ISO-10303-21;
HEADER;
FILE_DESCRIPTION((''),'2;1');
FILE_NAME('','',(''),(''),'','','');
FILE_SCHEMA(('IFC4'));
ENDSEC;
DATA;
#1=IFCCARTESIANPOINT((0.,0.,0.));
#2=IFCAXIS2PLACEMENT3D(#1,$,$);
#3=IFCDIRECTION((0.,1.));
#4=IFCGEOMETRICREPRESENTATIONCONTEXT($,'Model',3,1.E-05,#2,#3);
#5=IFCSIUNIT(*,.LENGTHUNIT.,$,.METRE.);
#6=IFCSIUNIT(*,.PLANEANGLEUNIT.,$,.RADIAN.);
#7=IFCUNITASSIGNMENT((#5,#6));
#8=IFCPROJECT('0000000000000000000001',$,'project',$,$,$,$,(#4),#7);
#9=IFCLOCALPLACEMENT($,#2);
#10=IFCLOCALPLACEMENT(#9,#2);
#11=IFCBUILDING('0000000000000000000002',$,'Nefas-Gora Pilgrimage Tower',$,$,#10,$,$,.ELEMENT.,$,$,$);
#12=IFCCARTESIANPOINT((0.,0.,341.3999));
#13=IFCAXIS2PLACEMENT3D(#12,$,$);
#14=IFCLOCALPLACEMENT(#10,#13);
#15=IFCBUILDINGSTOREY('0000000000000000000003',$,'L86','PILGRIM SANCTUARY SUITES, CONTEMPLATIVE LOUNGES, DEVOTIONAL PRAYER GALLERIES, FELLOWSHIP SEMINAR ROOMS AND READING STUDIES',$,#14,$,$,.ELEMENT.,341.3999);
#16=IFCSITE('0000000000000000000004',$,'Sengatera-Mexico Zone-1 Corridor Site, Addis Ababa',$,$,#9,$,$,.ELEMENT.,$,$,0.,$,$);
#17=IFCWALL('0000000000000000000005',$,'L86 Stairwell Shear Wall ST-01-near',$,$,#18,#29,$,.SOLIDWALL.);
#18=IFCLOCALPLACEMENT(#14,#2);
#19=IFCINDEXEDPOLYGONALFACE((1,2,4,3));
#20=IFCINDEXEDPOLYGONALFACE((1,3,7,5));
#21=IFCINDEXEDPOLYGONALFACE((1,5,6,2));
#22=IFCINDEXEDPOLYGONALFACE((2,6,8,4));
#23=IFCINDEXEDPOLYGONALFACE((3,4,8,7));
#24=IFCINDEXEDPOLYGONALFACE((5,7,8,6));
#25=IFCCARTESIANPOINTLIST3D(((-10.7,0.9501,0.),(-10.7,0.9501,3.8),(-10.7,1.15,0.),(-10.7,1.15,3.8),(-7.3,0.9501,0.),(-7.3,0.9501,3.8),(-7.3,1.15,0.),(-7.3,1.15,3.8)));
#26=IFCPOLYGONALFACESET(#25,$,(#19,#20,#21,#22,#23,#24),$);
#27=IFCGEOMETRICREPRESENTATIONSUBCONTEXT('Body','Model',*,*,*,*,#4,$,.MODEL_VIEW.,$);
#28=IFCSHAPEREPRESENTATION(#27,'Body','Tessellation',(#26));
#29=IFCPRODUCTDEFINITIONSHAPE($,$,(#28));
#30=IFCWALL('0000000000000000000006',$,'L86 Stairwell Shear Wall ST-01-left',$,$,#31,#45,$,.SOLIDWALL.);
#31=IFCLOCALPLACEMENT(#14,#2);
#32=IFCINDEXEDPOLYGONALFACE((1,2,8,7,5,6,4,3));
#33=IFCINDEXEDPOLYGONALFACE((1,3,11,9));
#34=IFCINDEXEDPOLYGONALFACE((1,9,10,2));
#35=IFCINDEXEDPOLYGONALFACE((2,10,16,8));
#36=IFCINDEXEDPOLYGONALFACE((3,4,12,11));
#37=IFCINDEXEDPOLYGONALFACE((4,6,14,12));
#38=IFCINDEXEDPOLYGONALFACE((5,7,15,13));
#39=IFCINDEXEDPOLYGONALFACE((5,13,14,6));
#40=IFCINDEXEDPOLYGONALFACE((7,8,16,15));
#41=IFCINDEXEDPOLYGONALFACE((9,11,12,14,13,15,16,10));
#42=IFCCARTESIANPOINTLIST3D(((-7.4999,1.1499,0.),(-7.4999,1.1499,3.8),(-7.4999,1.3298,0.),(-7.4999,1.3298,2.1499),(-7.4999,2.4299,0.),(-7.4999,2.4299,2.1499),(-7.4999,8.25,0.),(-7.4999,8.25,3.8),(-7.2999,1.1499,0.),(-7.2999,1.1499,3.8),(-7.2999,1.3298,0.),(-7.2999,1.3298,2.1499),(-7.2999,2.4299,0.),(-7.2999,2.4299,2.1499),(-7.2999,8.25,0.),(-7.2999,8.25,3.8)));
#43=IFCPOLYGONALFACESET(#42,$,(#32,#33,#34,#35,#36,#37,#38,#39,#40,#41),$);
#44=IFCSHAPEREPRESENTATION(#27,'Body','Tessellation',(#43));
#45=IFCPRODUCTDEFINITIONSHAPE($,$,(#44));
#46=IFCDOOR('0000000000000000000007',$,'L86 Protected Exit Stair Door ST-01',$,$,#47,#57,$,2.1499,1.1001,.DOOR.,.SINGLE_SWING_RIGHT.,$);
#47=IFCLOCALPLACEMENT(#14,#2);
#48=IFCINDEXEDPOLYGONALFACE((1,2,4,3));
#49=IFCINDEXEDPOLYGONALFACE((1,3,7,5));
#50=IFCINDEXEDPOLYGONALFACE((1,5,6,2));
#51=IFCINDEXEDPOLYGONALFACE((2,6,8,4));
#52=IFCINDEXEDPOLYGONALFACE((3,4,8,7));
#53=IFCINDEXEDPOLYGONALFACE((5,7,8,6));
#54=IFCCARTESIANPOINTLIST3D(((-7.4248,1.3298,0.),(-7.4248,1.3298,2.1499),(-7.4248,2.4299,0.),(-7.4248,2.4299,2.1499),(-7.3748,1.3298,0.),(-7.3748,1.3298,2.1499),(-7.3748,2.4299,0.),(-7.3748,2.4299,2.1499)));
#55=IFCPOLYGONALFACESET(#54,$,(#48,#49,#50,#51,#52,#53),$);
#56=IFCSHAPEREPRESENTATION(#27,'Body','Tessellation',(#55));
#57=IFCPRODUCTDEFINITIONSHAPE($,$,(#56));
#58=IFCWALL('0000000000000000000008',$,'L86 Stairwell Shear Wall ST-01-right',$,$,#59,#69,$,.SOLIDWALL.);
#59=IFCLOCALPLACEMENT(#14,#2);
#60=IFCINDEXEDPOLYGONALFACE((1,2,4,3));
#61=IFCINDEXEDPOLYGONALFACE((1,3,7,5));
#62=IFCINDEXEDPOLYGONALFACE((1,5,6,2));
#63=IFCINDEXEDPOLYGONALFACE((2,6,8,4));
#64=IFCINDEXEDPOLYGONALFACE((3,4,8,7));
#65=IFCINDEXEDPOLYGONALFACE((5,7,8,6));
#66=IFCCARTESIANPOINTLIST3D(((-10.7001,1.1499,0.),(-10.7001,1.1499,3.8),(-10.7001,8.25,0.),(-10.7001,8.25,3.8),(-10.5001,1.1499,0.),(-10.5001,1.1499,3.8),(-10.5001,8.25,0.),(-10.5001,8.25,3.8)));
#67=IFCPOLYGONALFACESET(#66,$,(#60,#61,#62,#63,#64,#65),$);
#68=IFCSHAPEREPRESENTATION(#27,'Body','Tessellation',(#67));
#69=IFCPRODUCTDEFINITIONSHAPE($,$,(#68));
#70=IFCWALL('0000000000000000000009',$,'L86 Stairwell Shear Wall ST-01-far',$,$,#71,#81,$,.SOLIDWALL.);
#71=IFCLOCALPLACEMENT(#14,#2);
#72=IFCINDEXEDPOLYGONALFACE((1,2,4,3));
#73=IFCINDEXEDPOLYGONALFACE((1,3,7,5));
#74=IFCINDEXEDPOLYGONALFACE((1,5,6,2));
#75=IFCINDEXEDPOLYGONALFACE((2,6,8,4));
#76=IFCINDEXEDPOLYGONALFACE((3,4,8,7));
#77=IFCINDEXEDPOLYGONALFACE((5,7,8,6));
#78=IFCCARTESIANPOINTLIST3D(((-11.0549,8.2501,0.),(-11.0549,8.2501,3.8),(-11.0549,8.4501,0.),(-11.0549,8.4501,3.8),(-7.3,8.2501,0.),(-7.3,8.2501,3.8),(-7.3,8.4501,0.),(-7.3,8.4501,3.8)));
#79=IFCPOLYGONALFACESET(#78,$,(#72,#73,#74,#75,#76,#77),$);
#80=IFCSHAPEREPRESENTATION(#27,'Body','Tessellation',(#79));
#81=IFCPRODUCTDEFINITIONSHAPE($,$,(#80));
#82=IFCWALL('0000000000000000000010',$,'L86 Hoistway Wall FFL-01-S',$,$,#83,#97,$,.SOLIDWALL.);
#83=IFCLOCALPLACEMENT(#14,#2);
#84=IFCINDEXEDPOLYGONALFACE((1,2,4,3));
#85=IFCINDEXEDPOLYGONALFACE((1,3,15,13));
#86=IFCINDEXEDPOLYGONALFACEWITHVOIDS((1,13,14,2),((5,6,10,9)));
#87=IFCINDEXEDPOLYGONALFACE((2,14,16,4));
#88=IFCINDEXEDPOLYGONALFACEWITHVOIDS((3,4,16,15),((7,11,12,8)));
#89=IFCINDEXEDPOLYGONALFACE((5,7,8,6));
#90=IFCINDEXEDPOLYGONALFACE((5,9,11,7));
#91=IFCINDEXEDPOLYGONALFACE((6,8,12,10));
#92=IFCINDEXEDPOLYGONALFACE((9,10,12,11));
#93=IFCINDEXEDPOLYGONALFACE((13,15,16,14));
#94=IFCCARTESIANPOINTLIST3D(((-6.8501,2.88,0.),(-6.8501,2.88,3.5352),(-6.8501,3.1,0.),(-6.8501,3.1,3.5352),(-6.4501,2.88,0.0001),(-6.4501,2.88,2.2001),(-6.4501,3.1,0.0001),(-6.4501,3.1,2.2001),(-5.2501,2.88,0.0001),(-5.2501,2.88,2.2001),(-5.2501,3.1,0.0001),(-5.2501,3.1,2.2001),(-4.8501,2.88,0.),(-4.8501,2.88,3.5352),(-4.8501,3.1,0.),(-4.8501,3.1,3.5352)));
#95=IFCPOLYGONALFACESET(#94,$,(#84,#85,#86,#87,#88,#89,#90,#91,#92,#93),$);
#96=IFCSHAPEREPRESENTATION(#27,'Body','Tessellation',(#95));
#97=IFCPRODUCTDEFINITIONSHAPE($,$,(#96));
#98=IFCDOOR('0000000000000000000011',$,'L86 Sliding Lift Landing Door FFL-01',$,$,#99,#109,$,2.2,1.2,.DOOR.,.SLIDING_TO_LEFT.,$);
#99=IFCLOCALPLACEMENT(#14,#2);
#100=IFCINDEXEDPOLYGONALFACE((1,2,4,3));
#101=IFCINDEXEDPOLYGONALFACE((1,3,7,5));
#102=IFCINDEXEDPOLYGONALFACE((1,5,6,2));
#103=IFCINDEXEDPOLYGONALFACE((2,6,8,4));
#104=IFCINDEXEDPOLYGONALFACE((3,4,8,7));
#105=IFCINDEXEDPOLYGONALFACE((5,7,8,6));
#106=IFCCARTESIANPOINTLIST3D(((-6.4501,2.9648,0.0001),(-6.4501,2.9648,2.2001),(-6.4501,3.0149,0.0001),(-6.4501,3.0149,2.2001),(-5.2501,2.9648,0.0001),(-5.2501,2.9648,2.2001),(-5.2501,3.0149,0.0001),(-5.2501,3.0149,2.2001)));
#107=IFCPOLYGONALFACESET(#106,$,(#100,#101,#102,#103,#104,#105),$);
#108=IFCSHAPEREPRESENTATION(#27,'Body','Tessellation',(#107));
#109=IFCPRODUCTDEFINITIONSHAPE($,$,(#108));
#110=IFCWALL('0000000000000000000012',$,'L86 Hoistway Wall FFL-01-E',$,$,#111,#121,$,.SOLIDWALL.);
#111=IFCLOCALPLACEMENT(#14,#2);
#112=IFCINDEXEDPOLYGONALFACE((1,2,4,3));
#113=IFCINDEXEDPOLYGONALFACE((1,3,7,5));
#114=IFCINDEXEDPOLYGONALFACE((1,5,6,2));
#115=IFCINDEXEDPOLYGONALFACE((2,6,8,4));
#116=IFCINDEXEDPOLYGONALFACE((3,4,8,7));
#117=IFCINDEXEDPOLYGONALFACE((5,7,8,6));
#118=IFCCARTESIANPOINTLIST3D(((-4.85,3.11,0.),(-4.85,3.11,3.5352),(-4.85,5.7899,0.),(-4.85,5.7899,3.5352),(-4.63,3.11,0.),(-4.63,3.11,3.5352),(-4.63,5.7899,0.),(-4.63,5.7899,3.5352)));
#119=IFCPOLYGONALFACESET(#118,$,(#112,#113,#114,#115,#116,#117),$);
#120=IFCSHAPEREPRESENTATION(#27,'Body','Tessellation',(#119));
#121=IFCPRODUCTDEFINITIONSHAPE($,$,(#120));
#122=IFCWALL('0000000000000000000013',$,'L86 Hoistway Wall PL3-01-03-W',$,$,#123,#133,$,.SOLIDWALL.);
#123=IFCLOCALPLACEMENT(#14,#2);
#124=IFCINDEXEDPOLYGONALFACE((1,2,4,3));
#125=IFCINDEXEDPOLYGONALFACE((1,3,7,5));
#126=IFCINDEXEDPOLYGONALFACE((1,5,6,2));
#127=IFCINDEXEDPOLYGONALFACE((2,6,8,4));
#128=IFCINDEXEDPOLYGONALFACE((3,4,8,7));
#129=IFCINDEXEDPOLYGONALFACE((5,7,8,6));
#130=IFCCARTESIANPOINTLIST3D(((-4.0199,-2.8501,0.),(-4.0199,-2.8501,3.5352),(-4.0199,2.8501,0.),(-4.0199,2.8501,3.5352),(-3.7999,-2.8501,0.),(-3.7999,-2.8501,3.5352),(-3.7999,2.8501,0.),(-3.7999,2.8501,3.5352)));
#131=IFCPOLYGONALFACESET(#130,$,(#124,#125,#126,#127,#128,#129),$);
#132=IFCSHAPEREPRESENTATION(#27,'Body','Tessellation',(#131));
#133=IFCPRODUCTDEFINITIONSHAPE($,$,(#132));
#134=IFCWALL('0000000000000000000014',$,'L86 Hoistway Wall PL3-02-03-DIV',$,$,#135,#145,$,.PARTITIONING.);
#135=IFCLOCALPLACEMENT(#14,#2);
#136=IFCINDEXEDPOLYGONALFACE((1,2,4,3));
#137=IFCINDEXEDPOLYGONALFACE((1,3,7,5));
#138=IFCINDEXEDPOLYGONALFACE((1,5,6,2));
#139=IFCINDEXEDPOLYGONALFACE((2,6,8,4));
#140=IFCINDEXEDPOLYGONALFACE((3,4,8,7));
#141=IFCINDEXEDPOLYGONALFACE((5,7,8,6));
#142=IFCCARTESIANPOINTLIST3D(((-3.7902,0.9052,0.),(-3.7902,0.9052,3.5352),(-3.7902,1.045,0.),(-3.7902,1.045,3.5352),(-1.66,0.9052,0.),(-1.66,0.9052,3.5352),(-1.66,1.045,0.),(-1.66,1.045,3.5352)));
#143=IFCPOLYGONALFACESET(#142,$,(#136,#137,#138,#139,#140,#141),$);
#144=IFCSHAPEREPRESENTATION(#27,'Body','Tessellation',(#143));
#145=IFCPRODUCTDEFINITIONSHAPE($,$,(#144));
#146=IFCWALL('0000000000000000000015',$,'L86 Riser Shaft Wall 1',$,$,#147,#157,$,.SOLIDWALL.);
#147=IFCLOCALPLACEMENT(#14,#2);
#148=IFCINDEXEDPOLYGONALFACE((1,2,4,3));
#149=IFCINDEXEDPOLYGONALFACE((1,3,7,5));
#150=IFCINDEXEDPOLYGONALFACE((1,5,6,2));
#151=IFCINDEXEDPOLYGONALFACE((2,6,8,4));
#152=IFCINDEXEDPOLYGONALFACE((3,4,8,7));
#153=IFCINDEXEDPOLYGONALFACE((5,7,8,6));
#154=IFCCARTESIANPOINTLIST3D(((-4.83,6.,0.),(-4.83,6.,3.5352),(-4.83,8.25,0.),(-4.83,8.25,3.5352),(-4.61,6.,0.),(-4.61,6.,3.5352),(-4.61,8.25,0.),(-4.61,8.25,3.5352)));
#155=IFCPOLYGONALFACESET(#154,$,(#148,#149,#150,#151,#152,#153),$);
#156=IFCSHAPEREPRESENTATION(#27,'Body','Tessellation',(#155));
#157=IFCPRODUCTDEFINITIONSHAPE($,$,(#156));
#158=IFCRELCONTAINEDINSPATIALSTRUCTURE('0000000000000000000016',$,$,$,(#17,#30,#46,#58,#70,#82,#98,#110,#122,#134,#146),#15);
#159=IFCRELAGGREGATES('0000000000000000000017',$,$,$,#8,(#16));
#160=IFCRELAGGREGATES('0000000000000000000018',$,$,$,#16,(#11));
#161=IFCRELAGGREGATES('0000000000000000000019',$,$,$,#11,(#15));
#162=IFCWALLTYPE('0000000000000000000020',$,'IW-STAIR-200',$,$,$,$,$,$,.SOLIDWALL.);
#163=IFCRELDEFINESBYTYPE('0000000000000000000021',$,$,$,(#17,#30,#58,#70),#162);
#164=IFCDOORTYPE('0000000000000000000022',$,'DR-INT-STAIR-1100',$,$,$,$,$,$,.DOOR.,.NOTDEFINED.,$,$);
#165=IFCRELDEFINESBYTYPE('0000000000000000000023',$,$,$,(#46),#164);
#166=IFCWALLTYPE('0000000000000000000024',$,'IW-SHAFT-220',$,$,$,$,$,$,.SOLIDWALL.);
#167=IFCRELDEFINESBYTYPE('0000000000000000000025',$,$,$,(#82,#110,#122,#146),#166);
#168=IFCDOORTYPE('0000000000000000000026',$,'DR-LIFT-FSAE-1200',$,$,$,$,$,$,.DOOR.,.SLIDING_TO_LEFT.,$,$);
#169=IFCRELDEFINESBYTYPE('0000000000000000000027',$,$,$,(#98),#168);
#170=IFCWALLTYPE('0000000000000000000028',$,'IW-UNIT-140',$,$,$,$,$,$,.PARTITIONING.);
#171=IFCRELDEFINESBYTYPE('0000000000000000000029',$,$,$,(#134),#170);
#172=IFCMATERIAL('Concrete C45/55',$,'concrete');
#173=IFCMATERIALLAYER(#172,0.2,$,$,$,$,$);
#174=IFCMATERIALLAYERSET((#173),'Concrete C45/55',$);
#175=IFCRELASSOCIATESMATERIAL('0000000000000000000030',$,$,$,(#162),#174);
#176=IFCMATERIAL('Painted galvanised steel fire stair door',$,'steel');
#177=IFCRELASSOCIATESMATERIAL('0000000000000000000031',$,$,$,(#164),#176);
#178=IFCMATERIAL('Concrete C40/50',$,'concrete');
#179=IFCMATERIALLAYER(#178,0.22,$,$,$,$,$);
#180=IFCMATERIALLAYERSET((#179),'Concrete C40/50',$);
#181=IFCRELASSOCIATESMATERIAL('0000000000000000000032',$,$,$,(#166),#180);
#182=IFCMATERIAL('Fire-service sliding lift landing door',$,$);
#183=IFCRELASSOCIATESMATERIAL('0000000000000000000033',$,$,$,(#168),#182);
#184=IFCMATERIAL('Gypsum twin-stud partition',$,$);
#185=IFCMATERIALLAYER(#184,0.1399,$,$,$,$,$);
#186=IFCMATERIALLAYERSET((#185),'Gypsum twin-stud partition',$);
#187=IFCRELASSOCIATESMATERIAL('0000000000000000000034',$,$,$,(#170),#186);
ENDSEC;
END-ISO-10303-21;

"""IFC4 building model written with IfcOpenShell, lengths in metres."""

from ifc_helpers import new_model, si_unit, direction, frame, frame_2d, origin, place, context, subcontext, project, spatial, rectangle, extrude, source, transform, mapped, material, layer, layer_set, type_object, element, fill, save


model = new_model("IFC4")

# Units and contexts
model_context = context("Model", 3, precision=1e-05, world=origin(), true_north=direction((0.0, 1.0)))
body_context = subcontext(model_context, "Body", "Model", "MODEL_VIEW")
ifc_project = project(units=[si_unit("LENGTHUNIT", "METRE"), si_unit("PLANEANGLEUNIT", "RADIAN")], contexts=[model_context])

# Site, building, storey
site_placement = place(None, origin())
site = spatial("IfcSite", under=ifc_project, at=site_placement, Name="Sengatera-Mexico Zone-1 Corridor Site, Addis Ababa", CompositionType="ELEMENT", RefElevation=0.0)
building_placement = place(site_placement, origin())
building = spatial("IfcBuilding", under=site, at=building_placement, Name="Nefas-Gora Pilgrimage Tower", CompositionType="ELEMENT")
storey_placement = place(building_placement, frame((0.0, 0.0, 341.3999)))
storey = spatial("IfcBuildingStorey", under=building, at=storey_placement, Name="L86", Description="PILGRIM SANCTUARY SUITES, CONTEMPLATIVE LOUNGES, DEVOTIONAL PRAYER GALLERIES, FELLOWSHIP SEMINAR ROOMS AND READING STUDIES", CompositionType="ELEMENT", Elevation=341.3999)

# Wall
ifc_material_1 = material(Name="Concrete C45/55", Category="concrete")
ifc_layer_1 = layer(ifc_material_1, 0.2)
ifc_layer_set_1 = layer_set([ifc_layer_1], Name="Concrete C45/55")
wall_type_1 = type_object("IfcWallType", Name="IW-STAIR-200", PredefinedType="SOLIDWALL", material=ifc_layer_set_1)
shared_shape_1 = source(origin(), body_context, "Body", "SweptSolid", [
    extrude(rectangle(XDim=3.3999, YDim=0.2, at=frame_2d((1.7, 0.0))), origin(), (0.0, 0.0, 1.0), 3.8),
])
wall_1_placement = place(storey_placement, frame((-7.3, 1.05, 0.0), z_axis=(0.0, 0.0, 1.0), x_axis=(-1.0, 0.0, 0.0)))
element("IfcWall", 1, at=wall_1_placement, inside=storey, type_object=wall_type_1, Name="L86 Stairwell Shear Wall ST-01-near", PredefinedType="SOLIDWALL", context=body_context, shape_type="MappedRepresentation", body=[
    mapped(shared_shape_1, transform((0.0, 0.0, 0.0), x_axis=(1.0, 0.0, 0.0), y_axis=(0.0, 1.0, 0.0), z_axis=(0.0, 0.0, 1.0), scale=1.0)),
])

# Wall, opening, door
shared_shape_2 = source(origin(), body_context, "Body", "SweptSolid", [
    extrude(rectangle(XDim=7.1001, YDim=0.2, at=frame_2d((3.55, 0.0))), origin(), (0.0, 0.0, 1.0), 3.8),
])
wall_2_placement = place(storey_placement, frame((-7.3999, 1.1499, 0.0), z_axis=(0.0, 0.0, 1.0), x_axis=(0.0, 1.0, 0.0)))
wall_2 = element("IfcWall", 2, at=wall_2_placement, inside=storey, type_object=wall_type_1, Name="L86 Stairwell Shear Wall ST-01-left", PredefinedType="SOLIDWALL", context=body_context, shape_type="MappedRepresentation", body=[
    mapped(shared_shape_2, transform((0.0, 0.0, 0.0), x_axis=(1.0, 0.0, 0.0), y_axis=(0.0, 1.0, 0.0), z_axis=(0.0, 0.0, 1.0), scale=1.0)),
])
opening_1_placement = place(wall_2_placement, frame((0.1799, 0.0, 0.0)))
opening_1 = element("IfcOpeningElement", 3, at=opening_1_placement, cuts=wall_2, PredefinedType="OPENING", context=body_context, shape_type="SweptSolid", body=[
    extrude(rectangle(XDim=1.1001, YDim=2.1499, at=frame_2d((0.55, 1.075))), frame((0.0, 0.1099, 0.0), z_axis=(0.0, -1.0, 0.0), x_axis=(1.0, 0.0, 0.0)), (0.0, 0.0, 1.0), 0.22),
])
ifc_material_2 = material(Name="Painted galvanised steel fire stair door", Category="steel")
door_type_1 = type_object("IfcDoorType", Name="DR-INT-STAIR-1100", OperationType="NOTDEFINED", PredefinedType="DOOR", material=ifc_material_2)
shared_shape_3 = source(origin(), body_context, "Body", "SweptSolid", [
    extrude(rectangle(XDim=1.1001, YDim=2.1499, at=frame_2d((0.55, 1.075))), frame((0.0, 0.0249, 0.0), z_axis=(0.0, -1.0, 0.0), x_axis=(1.0, 0.0, 0.0)), (0.0, 0.0, 1.0), 0.05),
])
door_1_placement = place(opening_1_placement, origin())
door_1 = element("IfcDoor", 4, at=door_1_placement, inside=storey, type_object=door_type_1, Name="L86 Protected Exit Stair Door ST-01", OperationType="SINGLE_SWING_RIGHT", OverallHeight=2.1499, OverallWidth=1.1001, PredefinedType="DOOR", context=body_context, shape_type="MappedRepresentation", body=[
    mapped(shared_shape_3, transform((0.0, 0.0, 0.0), x_axis=(1.0, 0.0, 0.0), y_axis=(0.0, 1.0, 0.0), z_axis=(0.0, 0.0, 1.0), scale=1.0)),
])
fill(opening_1, door_1)

# Walls
wall_3_placement = place(storey_placement, frame((-10.6001, 1.1499, 0.0), z_axis=(0.0, 0.0, 1.0), x_axis=(0.0, 1.0, 0.0)))
element("IfcWall", 5, at=wall_3_placement, inside=storey, type_object=wall_type_1, Name="L86 Stairwell Shear Wall ST-01-right", PredefinedType="SOLIDWALL", context=body_context, shape_type="MappedRepresentation", body=[
    mapped(shared_shape_2, transform((0.0, 0.0, 0.0), x_axis=(1.0, 0.0, 0.0), y_axis=(0.0, 1.0, 0.0), z_axis=(0.0, 0.0, 1.0), scale=1.0)),
])
shared_shape_4 = source(origin(), body_context, "Body", "SweptSolid", [
    extrude(rectangle(XDim=3.7549, YDim=0.2, at=frame_2d((1.8774, 0.0))), origin(), (0.0, 0.0, 1.0), 3.8),
])
wall_4_placement = place(storey_placement, frame((-7.3, 8.3501, 0.0), z_axis=(0.0, 0.0, 1.0), x_axis=(-1.0, 0.0, 0.0)))
element("IfcWall", 6, at=wall_4_placement, inside=storey, type_object=wall_type_1, Name="L86 Stairwell Shear Wall ST-01-far", PredefinedType="SOLIDWALL", context=body_context, shape_type="MappedRepresentation", body=[
    mapped(shared_shape_4, transform((0.0, 0.0, 0.0), x_axis=(1.0, 0.0, 0.0), y_axis=(0.0, 1.0, 0.0), z_axis=(0.0, 0.0, 1.0), scale=1.0)),
])

# Wall, opening, door
ifc_material_3 = material(Name="Concrete C40/50", Category="concrete")
ifc_layer_2 = layer(ifc_material_3, 0.22)
ifc_layer_set_2 = layer_set([ifc_layer_2], Name="Concrete C40/50")
wall_type_2 = type_object("IfcWallType", Name="IW-SHAFT-220", PredefinedType="SOLIDWALL", material=ifc_layer_set_2)
shared_shape_5 = source(origin(), body_context, "Body", "SweptSolid", [
    extrude(rectangle(XDim=2.0, YDim=0.22, at=frame_2d((1.0, 0.0))), origin(), (0.0, 0.0, 1.0), 3.5352),
])
wall_5_placement = place(storey_placement, frame((-6.8501, 2.99, 0.0), z_axis=(0.0, 0.0, 1.0), x_axis=(1.0, 0.0, 0.0)))
wall_5 = element("IfcWall", 7, at=wall_5_placement, inside=storey, type_object=wall_type_2, Name="L86 Hoistway Wall FFL-01-S", PredefinedType="SOLIDWALL", context=body_context, shape_type="MappedRepresentation", body=[
    mapped(shared_shape_5, transform((0.0, 0.0, 0.0), x_axis=(1.0, 0.0, 0.0), y_axis=(0.0, 1.0, 0.0), z_axis=(0.0, 0.0, 1.0), scale=1.0)),
])
opening_2_placement = place(wall_5_placement, frame((0.3999, 0.0, 0.0)))
opening_2 = element("IfcOpeningElement", 8, at=opening_2_placement, cuts=wall_5, PredefinedType="OPENING", context=body_context, shape_type="SweptSolid", body=[
    extrude(rectangle(XDim=1.2, YDim=2.2, at=frame_2d((0.6001, 1.1001))), frame((0.0, 0.1199, 0.0), z_axis=(0.0, -1.0, 0.0), x_axis=(1.0, 0.0, 0.0)), (0.0, 0.0, 1.0), 0.24),
])
ifc_material_4 = material(Name="Fire-service sliding lift landing door")
door_type_2 = type_object("IfcDoorType", Name="DR-LIFT-FSAE-1200", OperationType="SLIDING_TO_LEFT", PredefinedType="DOOR", material=ifc_material_4)
shared_shape_6 = source(origin(), body_context, "Body", "SweptSolid", [
    extrude(rectangle(XDim=1.2, YDim=2.2, at=frame_2d((0.6001, 1.1001))), frame((0.0, 0.0249, 0.0), z_axis=(0.0, -1.0, 0.0), x_axis=(1.0, 0.0, 0.0)), (0.0, 0.0, 1.0), 0.05),
])
door_2_placement = place(opening_2_placement, origin())
door_2 = element("IfcDoor", 9, at=door_2_placement, inside=storey, type_object=door_type_2, Name="L86 Sliding Lift Landing Door FFL-01", OperationType="SLIDING_TO_LEFT", OverallHeight=2.2, OverallWidth=1.2, PredefinedType="DOOR", context=body_context, shape_type="MappedRepresentation", body=[
    mapped(shared_shape_6, transform((0.0, 0.0, 0.0), x_axis=(1.0, 0.0, 0.0), y_axis=(0.0, 1.0, 0.0), z_axis=(0.0, 0.0, 1.0), scale=1.0)),
])
fill(opening_2, door_2)

# Walls
shared_shape_7 = source(origin(), body_context, "Body", "SweptSolid", [
    extrude(rectangle(XDim=2.6799, YDim=0.22, at=frame_2d((1.3398, 0.0))), origin(), (0.0, 0.0, 1.0), 3.5352),
])
wall_6_placement = place(storey_placement, frame((-4.74, 3.1101, 0.0), z_axis=(0.0, 0.0, 1.0), x_axis=(0.0, 1.0, 0.0)))
element("IfcWall", 10, at=wall_6_placement, inside=storey, type_object=wall_type_2, Name="L86 Hoistway Wall FFL-01-E", PredefinedType="SOLIDWALL", context=body_context, shape_type="MappedRepresentation", body=[
    mapped(shared_shape_7, transform((0.0, 0.0, 0.0), x_axis=(1.0, 0.0, 0.0), y_axis=(0.0, 1.0, 0.0), z_axis=(0.0, 0.0, 1.0), scale=1.0)),
])
shared_shape_8 = source(origin(), body_context, "Body", "SweptSolid", [
    extrude(rectangle(XDim=5.7002, YDim=0.22, at=frame_2d((2.8501, 0.0))), origin(), (0.0, 0.0, 1.0), 3.5352),
])
wall_7_placement = place(storey_placement, frame((-3.9099, 2.8501, 0.0), z_axis=(0.0, 0.0, 1.0), x_axis=(0.0, -1.0, 0.0)))
element("IfcWall", 11, at=wall_7_placement, inside=storey, type_object=wall_type_2, Name="L86 Hoistway Wall PL3-01-03-W", PredefinedType="SOLIDWALL", context=body_context, shape_type="MappedRepresentation", body=[
    mapped(shared_shape_8, transform((0.0, 0.0, 0.0), x_axis=(1.0, 0.0, 0.0), y_axis=(0.0, 1.0, 0.0), z_axis=(0.0, 0.0, 1.0), scale=1.0)),
])
ifc_material_5 = material(Name="Gypsum twin-stud partition")
ifc_layer_3 = layer(ifc_material_5, 0.1399)
ifc_layer_set_3 = layer_set([ifc_layer_3], Name="Gypsum twin-stud partition")
wall_type_3 = type_object("IfcWallType", Name="IW-UNIT-140", PredefinedType="PARTITIONING", material=ifc_layer_set_3)
shared_shape_9 = source(origin(), body_context, "Body", "SweptSolid", [
    extrude(rectangle(XDim=2.1301, YDim=0.1399, at=frame_2d((1.0649, 0.0))), origin(), (0.0, 0.0, 1.0), 3.5352),
])
wall_8_placement = place(storey_placement, frame((-3.79, 0.9751, 0.0), z_axis=(0.0, 0.0, 1.0), x_axis=(1.0, 0.0, 0.0)))
element("IfcWall", 12, at=wall_8_placement, inside=storey, type_object=wall_type_3, Name="L86 Hoistway Wall PL3-02-03-DIV", PredefinedType="PARTITIONING", context=body_context, shape_type="MappedRepresentation", body=[
    mapped(shared_shape_9, transform((0.0, 0.0, 0.0), x_axis=(1.0, 0.0, 0.0), y_axis=(0.0, 1.0, 0.0), z_axis=(0.0, 0.0, 1.0), scale=1.0)),
])
shared_shape_10 = source(origin(), body_context, "Body", "SweptSolid", [
    extrude(rectangle(XDim=2.25, YDim=0.22, at=frame_2d((1.125, 0.0))), origin(), (0.0, 0.0, 1.0), 3.5352),
])
wall_9_placement = place(storey_placement, frame((-4.72, 6.0, 0.0), z_axis=(0.0, 0.0, 1.0), x_axis=(0.0, 1.0, 0.0)))
element("IfcWall", 13, at=wall_9_placement, inside=storey, type_object=wall_type_2, Name="L86 Riser Shaft Wall 1", PredefinedType="SOLIDWALL", context=body_context, shape_type="MappedRepresentation", body=[
    mapped(shared_shape_10, transform((0.0, 0.0, 0.0), x_axis=(1.0, 0.0, 0.0), y_axis=(0.0, 1.0, 0.0), z_axis=(0.0, 0.0, 1.0), scale=1.0)),
])

save(model, "model.ifc")
